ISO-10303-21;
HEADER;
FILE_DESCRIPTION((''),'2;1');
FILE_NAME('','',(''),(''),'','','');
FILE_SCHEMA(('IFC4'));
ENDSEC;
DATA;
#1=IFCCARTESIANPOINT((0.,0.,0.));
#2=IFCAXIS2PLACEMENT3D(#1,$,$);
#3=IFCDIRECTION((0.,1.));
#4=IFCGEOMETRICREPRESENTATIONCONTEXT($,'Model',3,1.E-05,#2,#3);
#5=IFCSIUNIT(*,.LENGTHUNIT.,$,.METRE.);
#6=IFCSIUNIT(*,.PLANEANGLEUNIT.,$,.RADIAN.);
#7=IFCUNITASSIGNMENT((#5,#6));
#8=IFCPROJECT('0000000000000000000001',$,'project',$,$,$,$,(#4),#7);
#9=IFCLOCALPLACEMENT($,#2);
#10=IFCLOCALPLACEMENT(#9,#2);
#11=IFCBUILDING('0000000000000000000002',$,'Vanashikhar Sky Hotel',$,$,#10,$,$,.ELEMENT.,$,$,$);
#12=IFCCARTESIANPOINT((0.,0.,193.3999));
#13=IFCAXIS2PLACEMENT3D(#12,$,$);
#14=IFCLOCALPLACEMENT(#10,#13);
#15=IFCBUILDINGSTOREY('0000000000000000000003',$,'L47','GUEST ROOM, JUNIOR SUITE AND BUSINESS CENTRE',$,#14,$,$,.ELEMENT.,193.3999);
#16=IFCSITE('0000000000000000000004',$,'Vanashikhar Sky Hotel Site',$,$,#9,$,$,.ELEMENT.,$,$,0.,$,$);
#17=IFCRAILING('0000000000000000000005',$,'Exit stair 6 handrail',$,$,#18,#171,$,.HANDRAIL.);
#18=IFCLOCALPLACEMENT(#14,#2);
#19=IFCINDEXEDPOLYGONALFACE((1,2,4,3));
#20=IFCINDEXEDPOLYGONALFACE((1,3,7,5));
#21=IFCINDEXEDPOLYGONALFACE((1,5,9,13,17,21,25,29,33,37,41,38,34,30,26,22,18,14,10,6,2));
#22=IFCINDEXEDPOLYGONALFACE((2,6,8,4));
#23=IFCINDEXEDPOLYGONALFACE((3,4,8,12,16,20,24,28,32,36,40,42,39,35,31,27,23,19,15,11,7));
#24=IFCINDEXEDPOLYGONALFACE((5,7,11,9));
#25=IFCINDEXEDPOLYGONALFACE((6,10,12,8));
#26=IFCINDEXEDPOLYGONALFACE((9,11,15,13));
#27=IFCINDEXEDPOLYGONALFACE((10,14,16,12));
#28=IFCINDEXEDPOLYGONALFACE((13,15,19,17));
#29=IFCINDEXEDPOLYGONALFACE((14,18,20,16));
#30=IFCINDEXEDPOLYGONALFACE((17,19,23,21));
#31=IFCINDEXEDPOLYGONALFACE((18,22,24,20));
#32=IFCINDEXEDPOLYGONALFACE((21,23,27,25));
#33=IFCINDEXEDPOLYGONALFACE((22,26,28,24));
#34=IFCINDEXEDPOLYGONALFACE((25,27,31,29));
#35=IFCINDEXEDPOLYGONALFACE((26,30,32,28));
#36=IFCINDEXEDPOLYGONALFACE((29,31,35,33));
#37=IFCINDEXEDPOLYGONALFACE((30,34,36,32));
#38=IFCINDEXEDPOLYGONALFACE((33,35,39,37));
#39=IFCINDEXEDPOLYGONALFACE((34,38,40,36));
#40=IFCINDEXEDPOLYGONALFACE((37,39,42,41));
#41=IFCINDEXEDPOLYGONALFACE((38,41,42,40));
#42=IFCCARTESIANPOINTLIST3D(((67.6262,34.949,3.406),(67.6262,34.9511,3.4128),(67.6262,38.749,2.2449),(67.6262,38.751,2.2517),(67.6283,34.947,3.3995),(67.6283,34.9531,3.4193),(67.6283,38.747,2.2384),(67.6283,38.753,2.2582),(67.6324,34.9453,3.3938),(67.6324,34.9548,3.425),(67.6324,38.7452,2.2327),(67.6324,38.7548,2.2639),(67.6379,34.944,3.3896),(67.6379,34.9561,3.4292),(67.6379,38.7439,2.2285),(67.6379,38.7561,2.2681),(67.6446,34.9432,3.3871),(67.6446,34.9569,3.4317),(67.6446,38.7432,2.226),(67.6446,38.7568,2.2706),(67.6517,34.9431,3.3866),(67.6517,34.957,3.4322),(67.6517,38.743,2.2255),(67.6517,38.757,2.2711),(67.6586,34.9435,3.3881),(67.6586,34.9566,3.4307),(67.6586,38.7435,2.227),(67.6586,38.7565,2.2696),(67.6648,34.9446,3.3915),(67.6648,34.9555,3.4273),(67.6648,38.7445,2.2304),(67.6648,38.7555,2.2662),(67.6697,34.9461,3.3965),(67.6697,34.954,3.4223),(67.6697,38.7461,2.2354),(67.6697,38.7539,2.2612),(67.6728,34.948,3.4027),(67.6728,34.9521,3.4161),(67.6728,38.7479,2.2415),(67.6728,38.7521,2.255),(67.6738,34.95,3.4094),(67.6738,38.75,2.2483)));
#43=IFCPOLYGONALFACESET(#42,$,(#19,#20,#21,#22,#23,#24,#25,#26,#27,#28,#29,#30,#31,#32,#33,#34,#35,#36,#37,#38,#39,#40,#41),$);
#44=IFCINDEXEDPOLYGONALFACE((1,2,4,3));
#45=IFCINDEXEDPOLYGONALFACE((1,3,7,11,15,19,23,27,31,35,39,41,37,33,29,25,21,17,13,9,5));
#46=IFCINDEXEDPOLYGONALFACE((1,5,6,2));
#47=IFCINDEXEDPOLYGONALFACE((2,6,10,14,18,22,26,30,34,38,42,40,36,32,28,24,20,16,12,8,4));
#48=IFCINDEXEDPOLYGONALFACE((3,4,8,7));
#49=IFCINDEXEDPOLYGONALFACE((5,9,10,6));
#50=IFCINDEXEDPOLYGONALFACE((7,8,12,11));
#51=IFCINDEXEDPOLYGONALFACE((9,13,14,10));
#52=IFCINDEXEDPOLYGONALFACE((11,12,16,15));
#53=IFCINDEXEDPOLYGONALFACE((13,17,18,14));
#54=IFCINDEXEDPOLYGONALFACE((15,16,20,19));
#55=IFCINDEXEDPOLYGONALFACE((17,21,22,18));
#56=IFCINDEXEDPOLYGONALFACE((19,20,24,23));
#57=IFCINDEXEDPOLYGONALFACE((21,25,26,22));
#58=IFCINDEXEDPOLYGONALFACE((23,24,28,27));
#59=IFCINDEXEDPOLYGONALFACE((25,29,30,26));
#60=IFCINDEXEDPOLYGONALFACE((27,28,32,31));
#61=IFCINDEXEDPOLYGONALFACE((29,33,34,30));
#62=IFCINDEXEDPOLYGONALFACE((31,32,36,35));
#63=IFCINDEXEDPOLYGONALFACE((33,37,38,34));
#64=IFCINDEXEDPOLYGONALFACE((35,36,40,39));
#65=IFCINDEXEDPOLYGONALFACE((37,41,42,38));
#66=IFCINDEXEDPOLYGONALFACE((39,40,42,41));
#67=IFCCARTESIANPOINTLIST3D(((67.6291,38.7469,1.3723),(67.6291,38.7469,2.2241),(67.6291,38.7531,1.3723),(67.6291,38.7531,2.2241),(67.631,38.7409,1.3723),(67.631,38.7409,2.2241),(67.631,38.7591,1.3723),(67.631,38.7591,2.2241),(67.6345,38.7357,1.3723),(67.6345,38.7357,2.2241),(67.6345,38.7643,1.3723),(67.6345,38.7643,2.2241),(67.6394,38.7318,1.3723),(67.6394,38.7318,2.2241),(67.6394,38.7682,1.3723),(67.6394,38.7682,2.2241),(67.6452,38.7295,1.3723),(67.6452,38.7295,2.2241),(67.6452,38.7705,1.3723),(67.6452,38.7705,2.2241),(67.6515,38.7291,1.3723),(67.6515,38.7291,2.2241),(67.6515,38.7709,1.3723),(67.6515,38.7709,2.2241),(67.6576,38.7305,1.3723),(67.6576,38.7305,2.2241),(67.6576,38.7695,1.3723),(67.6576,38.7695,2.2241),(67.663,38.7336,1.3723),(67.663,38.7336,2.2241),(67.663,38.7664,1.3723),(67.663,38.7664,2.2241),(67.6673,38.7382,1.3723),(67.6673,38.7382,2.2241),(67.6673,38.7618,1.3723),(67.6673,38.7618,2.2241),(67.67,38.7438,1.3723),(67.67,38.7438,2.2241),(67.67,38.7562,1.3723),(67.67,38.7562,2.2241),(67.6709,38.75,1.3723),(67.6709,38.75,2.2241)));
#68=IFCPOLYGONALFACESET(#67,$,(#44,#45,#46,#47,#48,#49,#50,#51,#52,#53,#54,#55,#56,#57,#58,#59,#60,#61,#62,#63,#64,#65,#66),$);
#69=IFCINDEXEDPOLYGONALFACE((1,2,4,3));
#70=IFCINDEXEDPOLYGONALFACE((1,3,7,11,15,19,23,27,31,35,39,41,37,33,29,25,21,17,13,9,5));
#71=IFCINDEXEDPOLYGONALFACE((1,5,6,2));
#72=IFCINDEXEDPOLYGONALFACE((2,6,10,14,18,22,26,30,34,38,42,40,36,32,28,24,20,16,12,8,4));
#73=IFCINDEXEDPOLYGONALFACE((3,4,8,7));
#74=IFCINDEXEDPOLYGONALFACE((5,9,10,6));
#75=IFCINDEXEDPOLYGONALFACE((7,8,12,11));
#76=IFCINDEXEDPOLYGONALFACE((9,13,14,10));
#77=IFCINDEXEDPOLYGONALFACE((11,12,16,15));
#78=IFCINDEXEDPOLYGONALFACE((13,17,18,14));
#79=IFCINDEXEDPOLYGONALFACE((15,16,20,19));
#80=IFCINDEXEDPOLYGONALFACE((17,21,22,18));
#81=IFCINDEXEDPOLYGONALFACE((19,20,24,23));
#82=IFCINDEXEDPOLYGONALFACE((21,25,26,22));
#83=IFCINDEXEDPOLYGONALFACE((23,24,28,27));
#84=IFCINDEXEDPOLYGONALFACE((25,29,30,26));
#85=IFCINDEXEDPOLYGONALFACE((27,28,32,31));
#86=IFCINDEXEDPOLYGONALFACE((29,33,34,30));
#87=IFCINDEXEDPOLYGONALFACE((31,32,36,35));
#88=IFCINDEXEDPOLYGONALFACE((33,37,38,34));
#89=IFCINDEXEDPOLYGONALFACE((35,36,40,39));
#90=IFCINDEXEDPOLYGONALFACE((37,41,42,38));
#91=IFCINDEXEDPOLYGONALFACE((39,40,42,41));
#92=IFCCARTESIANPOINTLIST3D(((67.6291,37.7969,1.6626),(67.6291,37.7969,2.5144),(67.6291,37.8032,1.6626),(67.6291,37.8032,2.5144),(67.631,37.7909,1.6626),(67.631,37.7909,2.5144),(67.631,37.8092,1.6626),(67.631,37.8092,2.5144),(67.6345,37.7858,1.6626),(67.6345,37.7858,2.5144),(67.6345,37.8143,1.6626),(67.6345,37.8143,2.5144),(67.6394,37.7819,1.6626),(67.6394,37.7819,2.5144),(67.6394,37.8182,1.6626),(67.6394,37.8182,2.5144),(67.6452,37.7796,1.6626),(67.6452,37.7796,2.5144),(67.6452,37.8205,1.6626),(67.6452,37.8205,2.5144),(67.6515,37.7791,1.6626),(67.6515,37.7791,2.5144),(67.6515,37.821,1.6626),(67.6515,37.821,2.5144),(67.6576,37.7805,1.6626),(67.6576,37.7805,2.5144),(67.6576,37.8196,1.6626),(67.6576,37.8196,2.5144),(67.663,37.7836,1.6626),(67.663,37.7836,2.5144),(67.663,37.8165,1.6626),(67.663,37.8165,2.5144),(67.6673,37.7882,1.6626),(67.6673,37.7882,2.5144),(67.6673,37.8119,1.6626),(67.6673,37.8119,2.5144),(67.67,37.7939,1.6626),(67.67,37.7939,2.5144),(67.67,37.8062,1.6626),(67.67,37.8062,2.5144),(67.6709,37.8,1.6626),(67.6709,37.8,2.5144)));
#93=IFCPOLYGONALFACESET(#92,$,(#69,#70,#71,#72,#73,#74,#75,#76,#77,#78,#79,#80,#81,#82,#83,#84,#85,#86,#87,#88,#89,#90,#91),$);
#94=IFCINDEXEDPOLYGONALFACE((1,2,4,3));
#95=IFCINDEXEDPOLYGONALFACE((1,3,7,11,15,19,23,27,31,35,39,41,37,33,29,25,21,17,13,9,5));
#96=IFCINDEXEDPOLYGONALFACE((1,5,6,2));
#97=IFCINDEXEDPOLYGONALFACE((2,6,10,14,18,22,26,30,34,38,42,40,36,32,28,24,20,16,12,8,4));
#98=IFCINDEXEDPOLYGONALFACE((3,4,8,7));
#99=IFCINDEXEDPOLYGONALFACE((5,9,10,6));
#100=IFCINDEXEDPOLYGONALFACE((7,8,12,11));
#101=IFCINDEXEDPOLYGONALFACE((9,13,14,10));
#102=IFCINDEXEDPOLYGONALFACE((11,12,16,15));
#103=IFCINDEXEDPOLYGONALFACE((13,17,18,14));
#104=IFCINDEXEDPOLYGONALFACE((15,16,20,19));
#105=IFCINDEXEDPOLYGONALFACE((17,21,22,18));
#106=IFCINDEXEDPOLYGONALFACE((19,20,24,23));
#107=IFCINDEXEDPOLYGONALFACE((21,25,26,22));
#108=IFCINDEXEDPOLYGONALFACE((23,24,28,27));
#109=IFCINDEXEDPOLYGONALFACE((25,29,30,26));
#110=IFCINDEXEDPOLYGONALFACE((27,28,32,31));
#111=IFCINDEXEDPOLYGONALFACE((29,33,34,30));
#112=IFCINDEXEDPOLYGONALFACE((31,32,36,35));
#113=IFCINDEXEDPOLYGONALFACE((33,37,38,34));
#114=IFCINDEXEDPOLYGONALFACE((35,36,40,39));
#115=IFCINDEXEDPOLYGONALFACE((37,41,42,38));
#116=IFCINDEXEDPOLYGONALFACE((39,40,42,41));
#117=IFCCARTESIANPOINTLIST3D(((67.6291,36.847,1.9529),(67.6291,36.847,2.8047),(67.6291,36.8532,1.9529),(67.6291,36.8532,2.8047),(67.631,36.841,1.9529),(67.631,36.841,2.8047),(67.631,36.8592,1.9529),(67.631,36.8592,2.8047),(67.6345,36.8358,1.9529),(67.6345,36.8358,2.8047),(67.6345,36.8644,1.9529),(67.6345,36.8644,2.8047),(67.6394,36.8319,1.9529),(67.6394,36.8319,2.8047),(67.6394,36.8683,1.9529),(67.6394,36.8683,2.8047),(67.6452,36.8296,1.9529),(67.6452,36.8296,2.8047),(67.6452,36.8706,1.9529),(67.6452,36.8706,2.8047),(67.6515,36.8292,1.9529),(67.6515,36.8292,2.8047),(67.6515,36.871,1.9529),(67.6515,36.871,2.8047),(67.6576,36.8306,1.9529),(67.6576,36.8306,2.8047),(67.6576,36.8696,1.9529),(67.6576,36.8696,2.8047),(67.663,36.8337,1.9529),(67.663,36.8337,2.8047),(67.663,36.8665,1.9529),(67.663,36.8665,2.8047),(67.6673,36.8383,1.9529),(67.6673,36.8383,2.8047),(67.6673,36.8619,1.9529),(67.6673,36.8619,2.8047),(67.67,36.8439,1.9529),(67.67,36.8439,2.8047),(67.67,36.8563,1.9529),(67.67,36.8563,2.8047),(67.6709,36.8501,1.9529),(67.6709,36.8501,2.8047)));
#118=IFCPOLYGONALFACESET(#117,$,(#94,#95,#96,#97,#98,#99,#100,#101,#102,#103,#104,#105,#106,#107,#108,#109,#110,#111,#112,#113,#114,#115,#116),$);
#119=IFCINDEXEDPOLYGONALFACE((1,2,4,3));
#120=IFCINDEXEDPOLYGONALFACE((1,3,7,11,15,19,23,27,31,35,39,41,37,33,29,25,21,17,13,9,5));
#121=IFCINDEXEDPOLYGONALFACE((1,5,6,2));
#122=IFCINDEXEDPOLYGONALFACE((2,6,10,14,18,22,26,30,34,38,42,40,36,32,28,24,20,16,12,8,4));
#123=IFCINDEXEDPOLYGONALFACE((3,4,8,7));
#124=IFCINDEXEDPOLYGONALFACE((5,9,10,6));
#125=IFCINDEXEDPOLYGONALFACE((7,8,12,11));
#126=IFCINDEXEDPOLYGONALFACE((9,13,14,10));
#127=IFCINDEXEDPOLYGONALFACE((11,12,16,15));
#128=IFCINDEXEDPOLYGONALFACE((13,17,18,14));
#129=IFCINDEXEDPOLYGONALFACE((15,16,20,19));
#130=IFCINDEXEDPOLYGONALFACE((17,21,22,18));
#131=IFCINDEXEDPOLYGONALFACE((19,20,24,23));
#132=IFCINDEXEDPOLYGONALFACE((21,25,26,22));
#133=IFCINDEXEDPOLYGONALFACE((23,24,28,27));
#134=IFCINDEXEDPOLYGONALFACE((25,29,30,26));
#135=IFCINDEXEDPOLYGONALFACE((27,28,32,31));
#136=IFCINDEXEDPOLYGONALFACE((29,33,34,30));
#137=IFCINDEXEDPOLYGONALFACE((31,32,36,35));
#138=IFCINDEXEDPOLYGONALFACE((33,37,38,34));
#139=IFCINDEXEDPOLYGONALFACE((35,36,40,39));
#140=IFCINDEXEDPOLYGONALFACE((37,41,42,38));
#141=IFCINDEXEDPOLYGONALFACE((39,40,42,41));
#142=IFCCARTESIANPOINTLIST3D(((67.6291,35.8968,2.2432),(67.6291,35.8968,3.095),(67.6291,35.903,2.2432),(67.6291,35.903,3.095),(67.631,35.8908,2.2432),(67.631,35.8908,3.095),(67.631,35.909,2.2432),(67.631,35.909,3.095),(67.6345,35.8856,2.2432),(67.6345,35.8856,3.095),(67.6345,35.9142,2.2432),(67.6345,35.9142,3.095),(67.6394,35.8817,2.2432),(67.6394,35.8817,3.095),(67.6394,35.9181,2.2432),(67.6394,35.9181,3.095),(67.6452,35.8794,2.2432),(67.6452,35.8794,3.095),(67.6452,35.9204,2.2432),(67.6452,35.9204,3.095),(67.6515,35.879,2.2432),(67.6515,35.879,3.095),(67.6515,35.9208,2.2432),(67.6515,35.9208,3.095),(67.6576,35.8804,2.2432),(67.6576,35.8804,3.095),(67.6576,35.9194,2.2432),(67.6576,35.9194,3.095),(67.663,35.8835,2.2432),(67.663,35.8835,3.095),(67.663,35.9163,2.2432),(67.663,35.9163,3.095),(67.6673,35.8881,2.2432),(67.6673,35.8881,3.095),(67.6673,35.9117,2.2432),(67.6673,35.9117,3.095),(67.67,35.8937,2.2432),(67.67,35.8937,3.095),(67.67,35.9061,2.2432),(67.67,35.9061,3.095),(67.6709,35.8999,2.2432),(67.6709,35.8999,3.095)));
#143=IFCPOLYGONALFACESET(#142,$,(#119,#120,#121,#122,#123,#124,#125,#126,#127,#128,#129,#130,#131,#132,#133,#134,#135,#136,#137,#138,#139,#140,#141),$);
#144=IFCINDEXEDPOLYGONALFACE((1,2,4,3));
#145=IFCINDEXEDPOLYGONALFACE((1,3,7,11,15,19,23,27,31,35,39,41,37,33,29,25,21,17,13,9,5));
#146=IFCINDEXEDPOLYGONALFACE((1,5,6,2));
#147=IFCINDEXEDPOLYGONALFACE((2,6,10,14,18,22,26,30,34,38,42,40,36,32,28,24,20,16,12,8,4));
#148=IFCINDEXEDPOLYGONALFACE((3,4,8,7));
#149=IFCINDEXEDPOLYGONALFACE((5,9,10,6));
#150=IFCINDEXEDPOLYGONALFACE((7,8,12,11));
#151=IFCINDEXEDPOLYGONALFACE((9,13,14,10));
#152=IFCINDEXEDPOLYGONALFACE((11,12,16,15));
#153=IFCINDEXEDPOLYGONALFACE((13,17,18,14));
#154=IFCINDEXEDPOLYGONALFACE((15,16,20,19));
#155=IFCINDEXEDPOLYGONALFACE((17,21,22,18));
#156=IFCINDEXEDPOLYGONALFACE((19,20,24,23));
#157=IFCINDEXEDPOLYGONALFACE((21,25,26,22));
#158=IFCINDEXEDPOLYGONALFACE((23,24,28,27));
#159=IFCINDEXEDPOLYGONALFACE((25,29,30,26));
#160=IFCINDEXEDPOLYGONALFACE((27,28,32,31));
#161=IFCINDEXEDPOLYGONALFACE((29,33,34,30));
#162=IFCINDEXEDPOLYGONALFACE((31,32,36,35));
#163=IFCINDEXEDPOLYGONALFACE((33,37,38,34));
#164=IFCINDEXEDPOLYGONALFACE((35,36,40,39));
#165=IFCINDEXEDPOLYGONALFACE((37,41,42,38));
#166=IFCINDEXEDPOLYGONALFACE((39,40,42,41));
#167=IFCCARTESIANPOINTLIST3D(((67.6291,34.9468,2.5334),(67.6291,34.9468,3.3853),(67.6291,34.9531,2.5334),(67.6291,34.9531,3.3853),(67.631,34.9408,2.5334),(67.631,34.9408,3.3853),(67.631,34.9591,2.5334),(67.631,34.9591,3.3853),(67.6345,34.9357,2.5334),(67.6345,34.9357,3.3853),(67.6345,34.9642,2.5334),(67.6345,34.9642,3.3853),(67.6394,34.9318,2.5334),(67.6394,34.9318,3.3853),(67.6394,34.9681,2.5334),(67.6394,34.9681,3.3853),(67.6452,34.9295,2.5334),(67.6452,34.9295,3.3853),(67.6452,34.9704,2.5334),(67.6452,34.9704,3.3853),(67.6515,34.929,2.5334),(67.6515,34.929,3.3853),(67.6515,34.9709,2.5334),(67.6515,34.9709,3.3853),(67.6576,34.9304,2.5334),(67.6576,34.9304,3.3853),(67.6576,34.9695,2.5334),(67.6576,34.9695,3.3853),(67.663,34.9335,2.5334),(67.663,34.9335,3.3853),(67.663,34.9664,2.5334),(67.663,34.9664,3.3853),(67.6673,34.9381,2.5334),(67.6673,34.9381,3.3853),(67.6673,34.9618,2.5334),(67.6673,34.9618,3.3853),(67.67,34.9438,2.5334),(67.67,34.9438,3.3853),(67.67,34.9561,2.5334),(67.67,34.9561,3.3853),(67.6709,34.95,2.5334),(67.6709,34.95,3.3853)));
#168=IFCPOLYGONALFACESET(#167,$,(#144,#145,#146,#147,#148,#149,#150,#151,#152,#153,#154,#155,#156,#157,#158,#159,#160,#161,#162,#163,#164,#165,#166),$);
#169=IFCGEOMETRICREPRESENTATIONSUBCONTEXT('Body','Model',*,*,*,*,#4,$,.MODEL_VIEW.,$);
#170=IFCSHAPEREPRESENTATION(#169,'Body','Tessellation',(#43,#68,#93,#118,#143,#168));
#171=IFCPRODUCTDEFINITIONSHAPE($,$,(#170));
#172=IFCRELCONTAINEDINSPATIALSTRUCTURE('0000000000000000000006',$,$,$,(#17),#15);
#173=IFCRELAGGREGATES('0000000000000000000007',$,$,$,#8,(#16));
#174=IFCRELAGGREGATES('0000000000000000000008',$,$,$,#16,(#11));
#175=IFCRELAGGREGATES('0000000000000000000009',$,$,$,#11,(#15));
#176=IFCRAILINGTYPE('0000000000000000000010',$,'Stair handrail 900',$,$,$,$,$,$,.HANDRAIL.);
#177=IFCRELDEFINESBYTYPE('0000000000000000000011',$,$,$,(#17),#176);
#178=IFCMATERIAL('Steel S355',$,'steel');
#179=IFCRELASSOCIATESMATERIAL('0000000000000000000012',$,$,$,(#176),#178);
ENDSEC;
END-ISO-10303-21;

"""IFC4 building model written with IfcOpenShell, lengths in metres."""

from ifc_helpers import new_model, si_unit, direction, frame, origin, origin_2d, place, context, subcontext, project, spatial, circle, extrude, source, transform, mapped, material, type_object, element, save


model = new_model("IFC4")

# Units and contexts
model_context = context("Model", 3, precision=1e-05, world=origin(), true_north=direction((0.0, 1.0)))
body_context = subcontext(model_context, "Body", "Model", "MODEL_VIEW")
ifc_project = project(units=[si_unit("LENGTHUNIT", "METRE"), si_unit("PLANEANGLEUNIT", "RADIAN")], contexts=[model_context])

# Site, building, storey
site_placement = place(None, origin())
site = spatial("IfcSite", under=ifc_project, at=site_placement, Name="Vanashikhar Sky Hotel Site", CompositionType="ELEMENT", RefElevation=0.0)
building_placement = place(site_placement, origin())
building = spatial("IfcBuilding", under=site, at=building_placement, Name="Vanashikhar Sky Hotel", CompositionType="ELEMENT")
storey_placement = place(building_placement, frame((0.0, 0.0, 193.3999)))
storey = spatial("IfcBuildingStorey", under=building, at=storey_placement, Name="L47", Description="GUEST ROOM, JUNIOR SUITE AND BUSINESS CENTRE", CompositionType="ELEMENT", Elevation=193.3999)

# Railing
ifc_material_1 = material(Name="Steel S355", Category="steel")
railing_type_1 = type_object("IfcRailingType", Name="Stair handrail 900", PredefinedType="HANDRAIL", material=ifc_material_1)
shared_shape_1 = source(origin(), body_context, "Body", "SweptSolid", [
    extrude(circle(Radius=0.0239, at=origin_2d()), frame((0.0, 0.0, 0.876), z_axis=(0.0, -0.956351, 0.29222), x_axis=(1.0, 0.0, 0.0)), (0.0, 0.0, 1.0), 3.9734),
    extrude(circle(Radius=0.021, at=origin_2d()), origin(), (0.0, 0.0, 1.0), 0.8518),
    extrude(circle(Radius=0.021, at=origin_2d()), frame((0.0, -0.95, 0.2903)), (0.0, 0.0, 1.0), 0.8518),
    extrude(circle(Radius=0.021, at=origin_2d()), frame((0.0, -1.8999, 0.5806)), (0.0, 0.0, 1.0), 0.8518),
    extrude(circle(Radius=0.021, at=origin_2d()), frame((0.0, -2.8501, 0.8708)), (0.0, 0.0, 1.0), 0.8518),
    extrude(circle(Radius=0.021, at=origin_2d()), frame((0.0, -3.8, 1.1611)), (0.0, 0.0, 1.0), 0.8518),
])
for number, where, name in (
    (1, (67.6499, 38.75, 1.3723), "Exit stair 6 handrail"),
):
    element("IfcRailing", number, at=place(storey_placement, frame(where)), inside=storey, type_object=railing_type_1, Name=name, PredefinedType="HANDRAIL", context=body_context, shape_type="MappedRepresentation", body=[
        mapped(shared_shape_1, transform((0.0, 0.0, 0.0), scale=1.0)),
    ])

save(model, "model.ifc")
